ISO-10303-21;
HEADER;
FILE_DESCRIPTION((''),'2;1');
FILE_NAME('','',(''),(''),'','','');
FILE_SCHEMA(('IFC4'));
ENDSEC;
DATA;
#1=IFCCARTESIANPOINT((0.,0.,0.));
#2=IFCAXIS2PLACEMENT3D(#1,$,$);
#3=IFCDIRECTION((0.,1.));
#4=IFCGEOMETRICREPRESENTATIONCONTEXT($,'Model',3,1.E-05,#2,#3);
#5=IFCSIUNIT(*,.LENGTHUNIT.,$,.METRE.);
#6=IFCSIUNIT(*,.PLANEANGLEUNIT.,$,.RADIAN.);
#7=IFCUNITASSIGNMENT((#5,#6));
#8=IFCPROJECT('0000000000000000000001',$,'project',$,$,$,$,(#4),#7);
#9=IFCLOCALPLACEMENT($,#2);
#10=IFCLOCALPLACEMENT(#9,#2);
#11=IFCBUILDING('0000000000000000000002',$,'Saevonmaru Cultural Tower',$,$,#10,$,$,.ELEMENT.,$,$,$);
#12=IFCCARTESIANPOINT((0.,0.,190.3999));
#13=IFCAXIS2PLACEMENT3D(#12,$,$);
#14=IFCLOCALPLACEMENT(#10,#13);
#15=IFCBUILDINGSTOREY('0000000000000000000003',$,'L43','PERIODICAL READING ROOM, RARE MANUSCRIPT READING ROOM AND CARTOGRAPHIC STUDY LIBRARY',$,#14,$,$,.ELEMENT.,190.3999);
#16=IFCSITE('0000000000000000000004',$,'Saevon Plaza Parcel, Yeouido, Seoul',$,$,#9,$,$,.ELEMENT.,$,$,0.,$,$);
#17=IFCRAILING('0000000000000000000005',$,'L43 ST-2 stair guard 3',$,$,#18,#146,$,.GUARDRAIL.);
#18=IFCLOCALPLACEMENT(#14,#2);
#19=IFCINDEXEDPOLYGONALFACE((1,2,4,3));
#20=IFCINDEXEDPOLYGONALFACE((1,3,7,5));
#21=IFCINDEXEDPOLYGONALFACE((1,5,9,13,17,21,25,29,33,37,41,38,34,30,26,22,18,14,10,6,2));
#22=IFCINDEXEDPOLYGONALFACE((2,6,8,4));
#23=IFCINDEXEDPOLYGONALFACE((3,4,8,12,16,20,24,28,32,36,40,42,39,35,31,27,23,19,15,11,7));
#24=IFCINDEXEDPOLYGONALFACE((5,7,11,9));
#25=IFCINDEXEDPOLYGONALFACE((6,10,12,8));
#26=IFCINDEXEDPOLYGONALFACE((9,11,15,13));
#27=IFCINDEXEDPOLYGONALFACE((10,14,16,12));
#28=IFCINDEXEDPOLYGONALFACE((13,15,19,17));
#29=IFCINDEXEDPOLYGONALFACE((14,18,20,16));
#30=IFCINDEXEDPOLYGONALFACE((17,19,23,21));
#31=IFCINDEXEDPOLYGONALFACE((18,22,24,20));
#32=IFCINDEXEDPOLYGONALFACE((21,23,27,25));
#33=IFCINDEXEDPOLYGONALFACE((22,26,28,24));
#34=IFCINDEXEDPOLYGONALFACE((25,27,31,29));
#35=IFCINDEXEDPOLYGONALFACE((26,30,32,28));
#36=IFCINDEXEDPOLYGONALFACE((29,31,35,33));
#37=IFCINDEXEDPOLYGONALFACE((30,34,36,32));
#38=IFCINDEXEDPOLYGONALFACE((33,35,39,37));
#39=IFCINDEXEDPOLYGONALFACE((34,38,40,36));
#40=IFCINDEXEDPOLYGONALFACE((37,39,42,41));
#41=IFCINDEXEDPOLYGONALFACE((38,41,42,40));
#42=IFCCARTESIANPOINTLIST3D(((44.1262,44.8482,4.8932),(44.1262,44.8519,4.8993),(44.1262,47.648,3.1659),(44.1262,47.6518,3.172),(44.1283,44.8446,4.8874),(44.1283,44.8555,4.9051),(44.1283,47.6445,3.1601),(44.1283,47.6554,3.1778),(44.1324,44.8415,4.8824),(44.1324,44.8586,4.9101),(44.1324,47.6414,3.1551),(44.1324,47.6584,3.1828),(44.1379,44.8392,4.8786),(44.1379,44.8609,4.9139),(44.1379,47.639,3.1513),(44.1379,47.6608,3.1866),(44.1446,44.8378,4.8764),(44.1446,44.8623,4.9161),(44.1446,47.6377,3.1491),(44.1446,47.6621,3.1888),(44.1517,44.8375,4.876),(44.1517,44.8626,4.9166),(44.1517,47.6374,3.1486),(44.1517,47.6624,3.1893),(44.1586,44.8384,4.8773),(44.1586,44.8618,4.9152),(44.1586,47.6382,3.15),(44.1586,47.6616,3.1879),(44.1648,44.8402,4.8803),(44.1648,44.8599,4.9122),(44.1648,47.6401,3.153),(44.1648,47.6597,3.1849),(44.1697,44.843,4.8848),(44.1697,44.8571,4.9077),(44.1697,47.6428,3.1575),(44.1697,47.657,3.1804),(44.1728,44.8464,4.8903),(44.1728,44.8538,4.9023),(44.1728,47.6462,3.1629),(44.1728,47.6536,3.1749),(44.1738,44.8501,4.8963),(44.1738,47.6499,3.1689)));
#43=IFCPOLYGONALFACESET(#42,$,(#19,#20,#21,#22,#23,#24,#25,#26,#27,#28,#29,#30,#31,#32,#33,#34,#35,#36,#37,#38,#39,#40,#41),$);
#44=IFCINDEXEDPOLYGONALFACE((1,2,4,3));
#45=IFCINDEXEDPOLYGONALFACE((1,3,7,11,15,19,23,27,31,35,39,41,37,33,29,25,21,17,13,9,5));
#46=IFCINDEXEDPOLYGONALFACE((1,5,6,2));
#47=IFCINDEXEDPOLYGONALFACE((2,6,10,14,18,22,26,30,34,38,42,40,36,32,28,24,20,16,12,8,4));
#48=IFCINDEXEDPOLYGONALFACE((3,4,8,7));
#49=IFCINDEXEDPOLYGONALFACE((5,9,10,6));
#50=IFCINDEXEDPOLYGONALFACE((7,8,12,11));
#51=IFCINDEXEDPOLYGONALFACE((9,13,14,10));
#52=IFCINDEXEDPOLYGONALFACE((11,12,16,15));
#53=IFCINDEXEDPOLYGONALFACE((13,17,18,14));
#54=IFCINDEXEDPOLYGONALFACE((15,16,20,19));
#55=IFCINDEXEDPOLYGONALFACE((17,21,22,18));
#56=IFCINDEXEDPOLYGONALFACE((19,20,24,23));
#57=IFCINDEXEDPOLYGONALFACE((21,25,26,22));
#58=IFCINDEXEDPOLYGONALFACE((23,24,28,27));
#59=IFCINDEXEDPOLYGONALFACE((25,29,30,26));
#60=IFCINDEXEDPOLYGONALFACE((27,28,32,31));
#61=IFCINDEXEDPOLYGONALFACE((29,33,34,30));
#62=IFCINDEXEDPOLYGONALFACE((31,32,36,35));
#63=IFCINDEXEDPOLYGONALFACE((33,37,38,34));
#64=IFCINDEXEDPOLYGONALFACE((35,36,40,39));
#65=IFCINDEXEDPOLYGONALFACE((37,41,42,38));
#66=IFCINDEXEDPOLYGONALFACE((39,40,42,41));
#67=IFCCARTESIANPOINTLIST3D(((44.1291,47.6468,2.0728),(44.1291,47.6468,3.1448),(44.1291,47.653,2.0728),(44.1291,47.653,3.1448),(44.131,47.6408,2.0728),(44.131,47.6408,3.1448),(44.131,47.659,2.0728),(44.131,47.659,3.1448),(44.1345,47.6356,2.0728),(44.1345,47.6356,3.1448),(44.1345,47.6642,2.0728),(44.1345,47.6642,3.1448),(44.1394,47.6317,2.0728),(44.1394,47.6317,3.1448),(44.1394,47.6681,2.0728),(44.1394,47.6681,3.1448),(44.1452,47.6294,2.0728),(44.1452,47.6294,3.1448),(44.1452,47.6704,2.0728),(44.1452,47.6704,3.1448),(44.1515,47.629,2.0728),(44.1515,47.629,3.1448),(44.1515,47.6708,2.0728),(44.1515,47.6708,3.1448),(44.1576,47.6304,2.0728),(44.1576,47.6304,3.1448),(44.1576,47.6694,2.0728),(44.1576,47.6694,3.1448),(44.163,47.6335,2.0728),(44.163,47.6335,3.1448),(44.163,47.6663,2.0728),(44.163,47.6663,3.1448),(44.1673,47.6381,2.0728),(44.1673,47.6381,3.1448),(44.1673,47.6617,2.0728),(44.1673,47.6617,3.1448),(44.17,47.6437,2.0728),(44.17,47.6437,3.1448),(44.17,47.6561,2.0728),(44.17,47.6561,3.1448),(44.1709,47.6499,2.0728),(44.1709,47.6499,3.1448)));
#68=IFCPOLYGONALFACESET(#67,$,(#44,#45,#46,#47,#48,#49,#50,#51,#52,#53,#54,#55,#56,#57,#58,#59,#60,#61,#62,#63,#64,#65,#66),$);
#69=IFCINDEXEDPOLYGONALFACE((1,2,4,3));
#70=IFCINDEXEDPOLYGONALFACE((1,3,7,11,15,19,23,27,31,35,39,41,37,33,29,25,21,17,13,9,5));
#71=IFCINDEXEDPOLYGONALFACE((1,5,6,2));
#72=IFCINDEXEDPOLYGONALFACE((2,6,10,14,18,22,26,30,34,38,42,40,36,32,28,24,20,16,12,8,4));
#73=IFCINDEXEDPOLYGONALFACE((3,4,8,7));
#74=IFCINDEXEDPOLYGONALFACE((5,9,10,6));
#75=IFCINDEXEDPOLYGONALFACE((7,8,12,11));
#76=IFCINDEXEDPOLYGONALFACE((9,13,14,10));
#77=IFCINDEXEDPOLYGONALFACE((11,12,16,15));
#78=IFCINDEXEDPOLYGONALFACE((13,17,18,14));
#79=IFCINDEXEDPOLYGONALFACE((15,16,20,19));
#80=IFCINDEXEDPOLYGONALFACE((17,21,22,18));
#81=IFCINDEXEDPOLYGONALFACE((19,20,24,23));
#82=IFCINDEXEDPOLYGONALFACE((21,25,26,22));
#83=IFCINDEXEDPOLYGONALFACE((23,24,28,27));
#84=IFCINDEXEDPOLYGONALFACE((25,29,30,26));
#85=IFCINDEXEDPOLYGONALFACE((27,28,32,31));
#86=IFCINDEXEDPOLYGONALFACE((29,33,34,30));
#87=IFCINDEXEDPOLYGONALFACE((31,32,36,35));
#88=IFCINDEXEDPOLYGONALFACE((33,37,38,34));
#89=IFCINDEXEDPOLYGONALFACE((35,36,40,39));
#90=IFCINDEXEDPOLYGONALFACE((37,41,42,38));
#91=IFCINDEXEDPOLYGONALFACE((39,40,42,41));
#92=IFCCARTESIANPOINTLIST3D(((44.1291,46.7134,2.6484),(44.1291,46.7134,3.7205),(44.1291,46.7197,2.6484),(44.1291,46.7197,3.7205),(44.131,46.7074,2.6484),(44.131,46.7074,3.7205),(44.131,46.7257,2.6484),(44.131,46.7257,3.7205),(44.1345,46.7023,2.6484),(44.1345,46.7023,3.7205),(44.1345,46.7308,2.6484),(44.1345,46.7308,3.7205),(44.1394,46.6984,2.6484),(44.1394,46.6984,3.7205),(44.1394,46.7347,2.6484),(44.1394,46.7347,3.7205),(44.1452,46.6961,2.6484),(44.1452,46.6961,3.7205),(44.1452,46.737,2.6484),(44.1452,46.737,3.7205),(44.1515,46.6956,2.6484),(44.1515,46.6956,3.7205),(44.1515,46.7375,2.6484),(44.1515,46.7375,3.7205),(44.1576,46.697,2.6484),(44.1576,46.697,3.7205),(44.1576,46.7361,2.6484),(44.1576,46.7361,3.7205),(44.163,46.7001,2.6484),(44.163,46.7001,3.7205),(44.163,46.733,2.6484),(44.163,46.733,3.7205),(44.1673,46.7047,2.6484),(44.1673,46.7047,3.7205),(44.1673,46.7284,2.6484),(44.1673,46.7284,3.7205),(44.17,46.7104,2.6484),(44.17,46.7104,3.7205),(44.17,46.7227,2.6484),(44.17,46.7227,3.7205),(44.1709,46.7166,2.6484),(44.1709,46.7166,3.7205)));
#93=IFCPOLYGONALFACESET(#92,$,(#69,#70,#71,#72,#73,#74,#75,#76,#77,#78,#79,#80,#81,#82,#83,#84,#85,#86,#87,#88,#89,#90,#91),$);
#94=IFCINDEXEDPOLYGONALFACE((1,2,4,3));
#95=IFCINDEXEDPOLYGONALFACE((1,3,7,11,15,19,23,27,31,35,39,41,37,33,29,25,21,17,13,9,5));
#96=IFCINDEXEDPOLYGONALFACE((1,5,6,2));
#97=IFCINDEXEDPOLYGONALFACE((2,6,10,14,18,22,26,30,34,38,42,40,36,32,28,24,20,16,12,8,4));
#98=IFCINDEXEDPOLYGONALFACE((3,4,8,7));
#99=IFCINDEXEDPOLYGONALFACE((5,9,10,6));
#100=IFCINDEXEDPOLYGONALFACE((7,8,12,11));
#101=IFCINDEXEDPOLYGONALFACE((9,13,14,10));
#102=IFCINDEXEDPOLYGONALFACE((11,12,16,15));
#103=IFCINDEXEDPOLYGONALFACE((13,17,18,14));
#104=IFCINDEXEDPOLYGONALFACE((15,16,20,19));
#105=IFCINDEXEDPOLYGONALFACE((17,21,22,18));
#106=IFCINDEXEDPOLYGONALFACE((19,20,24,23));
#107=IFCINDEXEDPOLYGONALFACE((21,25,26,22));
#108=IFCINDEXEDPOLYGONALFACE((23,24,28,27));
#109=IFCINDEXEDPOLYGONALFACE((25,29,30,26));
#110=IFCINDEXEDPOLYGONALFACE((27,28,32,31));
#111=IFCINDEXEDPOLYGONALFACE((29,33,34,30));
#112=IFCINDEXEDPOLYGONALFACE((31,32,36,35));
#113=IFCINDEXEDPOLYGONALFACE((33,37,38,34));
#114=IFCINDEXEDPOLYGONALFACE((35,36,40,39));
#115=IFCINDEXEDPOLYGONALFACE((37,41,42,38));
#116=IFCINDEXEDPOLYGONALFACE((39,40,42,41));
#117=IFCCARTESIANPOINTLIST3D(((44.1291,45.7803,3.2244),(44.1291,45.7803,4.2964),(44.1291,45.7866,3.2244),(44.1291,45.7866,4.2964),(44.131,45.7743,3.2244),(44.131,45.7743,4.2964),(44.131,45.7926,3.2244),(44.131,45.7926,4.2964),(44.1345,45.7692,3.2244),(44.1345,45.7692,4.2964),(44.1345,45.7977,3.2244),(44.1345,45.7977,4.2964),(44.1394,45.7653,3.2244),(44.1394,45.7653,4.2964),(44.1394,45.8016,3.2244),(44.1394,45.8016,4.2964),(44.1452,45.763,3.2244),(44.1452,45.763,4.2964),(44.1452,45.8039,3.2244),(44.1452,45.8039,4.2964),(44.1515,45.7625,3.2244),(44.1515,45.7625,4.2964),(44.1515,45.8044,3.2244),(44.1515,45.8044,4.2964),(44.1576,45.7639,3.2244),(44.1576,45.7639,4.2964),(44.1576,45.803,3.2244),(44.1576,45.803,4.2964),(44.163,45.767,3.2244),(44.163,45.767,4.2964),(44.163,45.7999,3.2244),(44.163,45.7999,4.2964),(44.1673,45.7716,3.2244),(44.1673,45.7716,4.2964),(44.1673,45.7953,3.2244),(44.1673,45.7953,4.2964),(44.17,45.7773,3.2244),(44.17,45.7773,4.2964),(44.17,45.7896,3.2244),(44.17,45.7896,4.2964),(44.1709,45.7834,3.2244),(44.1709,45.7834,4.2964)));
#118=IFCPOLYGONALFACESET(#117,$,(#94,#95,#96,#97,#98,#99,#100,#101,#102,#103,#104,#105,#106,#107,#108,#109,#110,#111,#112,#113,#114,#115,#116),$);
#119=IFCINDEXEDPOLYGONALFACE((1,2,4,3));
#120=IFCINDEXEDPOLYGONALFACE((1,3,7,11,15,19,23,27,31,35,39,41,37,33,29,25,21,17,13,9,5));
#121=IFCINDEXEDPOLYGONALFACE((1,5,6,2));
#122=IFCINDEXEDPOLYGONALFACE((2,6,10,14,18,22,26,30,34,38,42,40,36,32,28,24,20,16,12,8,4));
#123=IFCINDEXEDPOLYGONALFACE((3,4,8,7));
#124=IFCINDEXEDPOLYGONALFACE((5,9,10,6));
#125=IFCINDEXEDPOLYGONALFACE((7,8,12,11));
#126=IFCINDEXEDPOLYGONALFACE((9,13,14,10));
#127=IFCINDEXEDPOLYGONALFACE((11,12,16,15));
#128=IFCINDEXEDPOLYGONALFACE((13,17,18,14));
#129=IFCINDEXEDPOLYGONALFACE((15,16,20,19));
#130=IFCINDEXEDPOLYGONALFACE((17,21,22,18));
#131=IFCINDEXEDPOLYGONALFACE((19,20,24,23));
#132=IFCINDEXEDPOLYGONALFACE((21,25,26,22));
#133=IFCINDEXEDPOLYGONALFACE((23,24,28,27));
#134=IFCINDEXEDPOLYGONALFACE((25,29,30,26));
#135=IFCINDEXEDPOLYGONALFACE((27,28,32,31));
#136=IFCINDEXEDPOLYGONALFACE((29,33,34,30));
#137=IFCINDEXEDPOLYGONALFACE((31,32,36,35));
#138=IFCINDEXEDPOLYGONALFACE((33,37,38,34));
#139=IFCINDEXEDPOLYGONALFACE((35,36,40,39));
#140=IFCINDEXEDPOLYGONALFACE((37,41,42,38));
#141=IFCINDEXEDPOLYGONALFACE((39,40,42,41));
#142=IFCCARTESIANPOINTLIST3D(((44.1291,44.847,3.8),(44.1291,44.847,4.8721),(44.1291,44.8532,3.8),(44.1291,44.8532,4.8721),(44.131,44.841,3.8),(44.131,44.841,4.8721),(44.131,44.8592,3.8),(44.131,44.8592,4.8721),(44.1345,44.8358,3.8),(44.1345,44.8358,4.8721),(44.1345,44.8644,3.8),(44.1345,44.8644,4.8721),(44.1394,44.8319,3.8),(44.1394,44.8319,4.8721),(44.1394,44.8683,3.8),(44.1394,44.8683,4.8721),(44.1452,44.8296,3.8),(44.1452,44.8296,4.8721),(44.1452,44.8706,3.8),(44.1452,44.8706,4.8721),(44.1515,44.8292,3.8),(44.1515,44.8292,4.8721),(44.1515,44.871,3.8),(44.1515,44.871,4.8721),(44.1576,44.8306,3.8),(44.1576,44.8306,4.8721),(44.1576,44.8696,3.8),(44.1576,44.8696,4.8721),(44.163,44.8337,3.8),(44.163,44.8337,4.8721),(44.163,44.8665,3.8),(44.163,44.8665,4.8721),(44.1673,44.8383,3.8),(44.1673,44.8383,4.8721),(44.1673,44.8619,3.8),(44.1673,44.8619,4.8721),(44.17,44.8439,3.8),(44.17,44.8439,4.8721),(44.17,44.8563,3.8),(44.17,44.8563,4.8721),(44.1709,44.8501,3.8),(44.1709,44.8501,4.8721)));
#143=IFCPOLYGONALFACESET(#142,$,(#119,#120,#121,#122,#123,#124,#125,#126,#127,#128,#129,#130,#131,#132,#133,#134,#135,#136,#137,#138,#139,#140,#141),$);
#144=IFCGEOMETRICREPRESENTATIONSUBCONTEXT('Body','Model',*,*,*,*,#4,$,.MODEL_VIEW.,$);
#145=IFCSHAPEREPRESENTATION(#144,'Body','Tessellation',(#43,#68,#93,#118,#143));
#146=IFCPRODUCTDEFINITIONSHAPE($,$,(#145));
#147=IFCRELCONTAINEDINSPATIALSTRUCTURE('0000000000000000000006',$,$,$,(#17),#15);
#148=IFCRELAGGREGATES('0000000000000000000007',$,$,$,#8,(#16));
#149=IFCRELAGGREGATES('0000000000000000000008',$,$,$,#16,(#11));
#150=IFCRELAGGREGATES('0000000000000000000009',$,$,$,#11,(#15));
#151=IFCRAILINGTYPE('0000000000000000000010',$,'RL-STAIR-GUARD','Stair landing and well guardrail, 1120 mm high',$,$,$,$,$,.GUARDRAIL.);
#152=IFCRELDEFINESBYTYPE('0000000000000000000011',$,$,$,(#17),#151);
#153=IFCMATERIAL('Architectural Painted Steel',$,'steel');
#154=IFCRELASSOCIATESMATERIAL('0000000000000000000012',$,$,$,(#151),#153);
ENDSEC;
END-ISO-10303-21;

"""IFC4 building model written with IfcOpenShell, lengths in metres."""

from ifc_helpers import new_model, si_unit, direction, frame, origin, origin_2d, place, context, subcontext, project, spatial, circle, extrude, material, type_object, element, save


model = new_model("IFC4")

# Units and contexts
model_context = context("Model", 3, precision=1e-05, world=origin(), true_north=direction((0.0, 1.0)))
body_context = subcontext(model_context, "Body", "Model", "MODEL_VIEW")
ifc_project = project(units=[si_unit("LENGTHUNIT", "METRE"), si_unit("PLANEANGLEUNIT", "RADIAN")], contexts=[model_context])

# Site, building, storey
site_placement = place(None, origin())
site = spatial("IfcSite", under=ifc_project, at=site_placement, Name="Saevon Plaza Parcel, Yeouido, Seoul", CompositionType="ELEMENT", RefElevation=0.0)
building_placement = place(site_placement, origin())
building = spatial("IfcBuilding", under=site, at=building_placement, Name="Saevonmaru Cultural Tower", CompositionType="ELEMENT")
storey_placement = place(building_placement, frame((0.0, 0.0, 190.3999)))
storey = spatial("IfcBuildingStorey", under=building, at=storey_placement, Name="L43", Description="PERIODICAL READING ROOM, RARE MANUSCRIPT READING ROOM AND CARTOGRAPHIC STUDY LIBRARY", CompositionType="ELEMENT", Elevation=190.3999)

# Railing
ifc_material_1 = material(Name="Architectural Painted Steel", Category="steel")
railing_type_1 = type_object("IfcRailingType", Name="RL-STAIR-GUARD", Description="Stair landing and well guardrail, 1120 mm high", PredefinedType="GUARDRAIL", material=ifc_material_1)
railing_1_placement = place(storey_placement, frame((44.1499, 47.6499, 2.0728)))
element("IfcRailing", 1, at=railing_1_placement, inside=storey, type_object=railing_type_1, Name="L43 ST-2 stair guard 3", PredefinedType="GUARDRAIL", context=body_context, shape_type="SweptSolid", body=[
    extrude(circle(Radius=0.0239, at=origin_2d()), frame((0.0, 0.0, 1.0962), z_axis=(0.0, -0.851069, 0.525054), x_axis=(1.0, 0.0, 0.0)), (0.0, 0.0, 1.0), 3.2898),
    extrude(circle(Radius=0.021, at=origin_2d()), origin(), (0.0, 0.0, 1.0), 1.072),
    extrude(circle(Radius=0.021, at=origin_2d()), frame((0.0, -0.9333, 0.5757)), (0.0, 0.0, 1.0), 1.072),
    extrude(circle(Radius=0.021, at=origin_2d()), frame((0.0, -1.8665, 1.1516)), (0.0, 0.0, 1.0), 1.072),
    extrude(circle(Radius=0.021, at=origin_2d()), frame((0.0, -2.7998, 1.7273)), (0.0, 0.0, 1.0), 1.072),
])

save(model, "model.ifc")
